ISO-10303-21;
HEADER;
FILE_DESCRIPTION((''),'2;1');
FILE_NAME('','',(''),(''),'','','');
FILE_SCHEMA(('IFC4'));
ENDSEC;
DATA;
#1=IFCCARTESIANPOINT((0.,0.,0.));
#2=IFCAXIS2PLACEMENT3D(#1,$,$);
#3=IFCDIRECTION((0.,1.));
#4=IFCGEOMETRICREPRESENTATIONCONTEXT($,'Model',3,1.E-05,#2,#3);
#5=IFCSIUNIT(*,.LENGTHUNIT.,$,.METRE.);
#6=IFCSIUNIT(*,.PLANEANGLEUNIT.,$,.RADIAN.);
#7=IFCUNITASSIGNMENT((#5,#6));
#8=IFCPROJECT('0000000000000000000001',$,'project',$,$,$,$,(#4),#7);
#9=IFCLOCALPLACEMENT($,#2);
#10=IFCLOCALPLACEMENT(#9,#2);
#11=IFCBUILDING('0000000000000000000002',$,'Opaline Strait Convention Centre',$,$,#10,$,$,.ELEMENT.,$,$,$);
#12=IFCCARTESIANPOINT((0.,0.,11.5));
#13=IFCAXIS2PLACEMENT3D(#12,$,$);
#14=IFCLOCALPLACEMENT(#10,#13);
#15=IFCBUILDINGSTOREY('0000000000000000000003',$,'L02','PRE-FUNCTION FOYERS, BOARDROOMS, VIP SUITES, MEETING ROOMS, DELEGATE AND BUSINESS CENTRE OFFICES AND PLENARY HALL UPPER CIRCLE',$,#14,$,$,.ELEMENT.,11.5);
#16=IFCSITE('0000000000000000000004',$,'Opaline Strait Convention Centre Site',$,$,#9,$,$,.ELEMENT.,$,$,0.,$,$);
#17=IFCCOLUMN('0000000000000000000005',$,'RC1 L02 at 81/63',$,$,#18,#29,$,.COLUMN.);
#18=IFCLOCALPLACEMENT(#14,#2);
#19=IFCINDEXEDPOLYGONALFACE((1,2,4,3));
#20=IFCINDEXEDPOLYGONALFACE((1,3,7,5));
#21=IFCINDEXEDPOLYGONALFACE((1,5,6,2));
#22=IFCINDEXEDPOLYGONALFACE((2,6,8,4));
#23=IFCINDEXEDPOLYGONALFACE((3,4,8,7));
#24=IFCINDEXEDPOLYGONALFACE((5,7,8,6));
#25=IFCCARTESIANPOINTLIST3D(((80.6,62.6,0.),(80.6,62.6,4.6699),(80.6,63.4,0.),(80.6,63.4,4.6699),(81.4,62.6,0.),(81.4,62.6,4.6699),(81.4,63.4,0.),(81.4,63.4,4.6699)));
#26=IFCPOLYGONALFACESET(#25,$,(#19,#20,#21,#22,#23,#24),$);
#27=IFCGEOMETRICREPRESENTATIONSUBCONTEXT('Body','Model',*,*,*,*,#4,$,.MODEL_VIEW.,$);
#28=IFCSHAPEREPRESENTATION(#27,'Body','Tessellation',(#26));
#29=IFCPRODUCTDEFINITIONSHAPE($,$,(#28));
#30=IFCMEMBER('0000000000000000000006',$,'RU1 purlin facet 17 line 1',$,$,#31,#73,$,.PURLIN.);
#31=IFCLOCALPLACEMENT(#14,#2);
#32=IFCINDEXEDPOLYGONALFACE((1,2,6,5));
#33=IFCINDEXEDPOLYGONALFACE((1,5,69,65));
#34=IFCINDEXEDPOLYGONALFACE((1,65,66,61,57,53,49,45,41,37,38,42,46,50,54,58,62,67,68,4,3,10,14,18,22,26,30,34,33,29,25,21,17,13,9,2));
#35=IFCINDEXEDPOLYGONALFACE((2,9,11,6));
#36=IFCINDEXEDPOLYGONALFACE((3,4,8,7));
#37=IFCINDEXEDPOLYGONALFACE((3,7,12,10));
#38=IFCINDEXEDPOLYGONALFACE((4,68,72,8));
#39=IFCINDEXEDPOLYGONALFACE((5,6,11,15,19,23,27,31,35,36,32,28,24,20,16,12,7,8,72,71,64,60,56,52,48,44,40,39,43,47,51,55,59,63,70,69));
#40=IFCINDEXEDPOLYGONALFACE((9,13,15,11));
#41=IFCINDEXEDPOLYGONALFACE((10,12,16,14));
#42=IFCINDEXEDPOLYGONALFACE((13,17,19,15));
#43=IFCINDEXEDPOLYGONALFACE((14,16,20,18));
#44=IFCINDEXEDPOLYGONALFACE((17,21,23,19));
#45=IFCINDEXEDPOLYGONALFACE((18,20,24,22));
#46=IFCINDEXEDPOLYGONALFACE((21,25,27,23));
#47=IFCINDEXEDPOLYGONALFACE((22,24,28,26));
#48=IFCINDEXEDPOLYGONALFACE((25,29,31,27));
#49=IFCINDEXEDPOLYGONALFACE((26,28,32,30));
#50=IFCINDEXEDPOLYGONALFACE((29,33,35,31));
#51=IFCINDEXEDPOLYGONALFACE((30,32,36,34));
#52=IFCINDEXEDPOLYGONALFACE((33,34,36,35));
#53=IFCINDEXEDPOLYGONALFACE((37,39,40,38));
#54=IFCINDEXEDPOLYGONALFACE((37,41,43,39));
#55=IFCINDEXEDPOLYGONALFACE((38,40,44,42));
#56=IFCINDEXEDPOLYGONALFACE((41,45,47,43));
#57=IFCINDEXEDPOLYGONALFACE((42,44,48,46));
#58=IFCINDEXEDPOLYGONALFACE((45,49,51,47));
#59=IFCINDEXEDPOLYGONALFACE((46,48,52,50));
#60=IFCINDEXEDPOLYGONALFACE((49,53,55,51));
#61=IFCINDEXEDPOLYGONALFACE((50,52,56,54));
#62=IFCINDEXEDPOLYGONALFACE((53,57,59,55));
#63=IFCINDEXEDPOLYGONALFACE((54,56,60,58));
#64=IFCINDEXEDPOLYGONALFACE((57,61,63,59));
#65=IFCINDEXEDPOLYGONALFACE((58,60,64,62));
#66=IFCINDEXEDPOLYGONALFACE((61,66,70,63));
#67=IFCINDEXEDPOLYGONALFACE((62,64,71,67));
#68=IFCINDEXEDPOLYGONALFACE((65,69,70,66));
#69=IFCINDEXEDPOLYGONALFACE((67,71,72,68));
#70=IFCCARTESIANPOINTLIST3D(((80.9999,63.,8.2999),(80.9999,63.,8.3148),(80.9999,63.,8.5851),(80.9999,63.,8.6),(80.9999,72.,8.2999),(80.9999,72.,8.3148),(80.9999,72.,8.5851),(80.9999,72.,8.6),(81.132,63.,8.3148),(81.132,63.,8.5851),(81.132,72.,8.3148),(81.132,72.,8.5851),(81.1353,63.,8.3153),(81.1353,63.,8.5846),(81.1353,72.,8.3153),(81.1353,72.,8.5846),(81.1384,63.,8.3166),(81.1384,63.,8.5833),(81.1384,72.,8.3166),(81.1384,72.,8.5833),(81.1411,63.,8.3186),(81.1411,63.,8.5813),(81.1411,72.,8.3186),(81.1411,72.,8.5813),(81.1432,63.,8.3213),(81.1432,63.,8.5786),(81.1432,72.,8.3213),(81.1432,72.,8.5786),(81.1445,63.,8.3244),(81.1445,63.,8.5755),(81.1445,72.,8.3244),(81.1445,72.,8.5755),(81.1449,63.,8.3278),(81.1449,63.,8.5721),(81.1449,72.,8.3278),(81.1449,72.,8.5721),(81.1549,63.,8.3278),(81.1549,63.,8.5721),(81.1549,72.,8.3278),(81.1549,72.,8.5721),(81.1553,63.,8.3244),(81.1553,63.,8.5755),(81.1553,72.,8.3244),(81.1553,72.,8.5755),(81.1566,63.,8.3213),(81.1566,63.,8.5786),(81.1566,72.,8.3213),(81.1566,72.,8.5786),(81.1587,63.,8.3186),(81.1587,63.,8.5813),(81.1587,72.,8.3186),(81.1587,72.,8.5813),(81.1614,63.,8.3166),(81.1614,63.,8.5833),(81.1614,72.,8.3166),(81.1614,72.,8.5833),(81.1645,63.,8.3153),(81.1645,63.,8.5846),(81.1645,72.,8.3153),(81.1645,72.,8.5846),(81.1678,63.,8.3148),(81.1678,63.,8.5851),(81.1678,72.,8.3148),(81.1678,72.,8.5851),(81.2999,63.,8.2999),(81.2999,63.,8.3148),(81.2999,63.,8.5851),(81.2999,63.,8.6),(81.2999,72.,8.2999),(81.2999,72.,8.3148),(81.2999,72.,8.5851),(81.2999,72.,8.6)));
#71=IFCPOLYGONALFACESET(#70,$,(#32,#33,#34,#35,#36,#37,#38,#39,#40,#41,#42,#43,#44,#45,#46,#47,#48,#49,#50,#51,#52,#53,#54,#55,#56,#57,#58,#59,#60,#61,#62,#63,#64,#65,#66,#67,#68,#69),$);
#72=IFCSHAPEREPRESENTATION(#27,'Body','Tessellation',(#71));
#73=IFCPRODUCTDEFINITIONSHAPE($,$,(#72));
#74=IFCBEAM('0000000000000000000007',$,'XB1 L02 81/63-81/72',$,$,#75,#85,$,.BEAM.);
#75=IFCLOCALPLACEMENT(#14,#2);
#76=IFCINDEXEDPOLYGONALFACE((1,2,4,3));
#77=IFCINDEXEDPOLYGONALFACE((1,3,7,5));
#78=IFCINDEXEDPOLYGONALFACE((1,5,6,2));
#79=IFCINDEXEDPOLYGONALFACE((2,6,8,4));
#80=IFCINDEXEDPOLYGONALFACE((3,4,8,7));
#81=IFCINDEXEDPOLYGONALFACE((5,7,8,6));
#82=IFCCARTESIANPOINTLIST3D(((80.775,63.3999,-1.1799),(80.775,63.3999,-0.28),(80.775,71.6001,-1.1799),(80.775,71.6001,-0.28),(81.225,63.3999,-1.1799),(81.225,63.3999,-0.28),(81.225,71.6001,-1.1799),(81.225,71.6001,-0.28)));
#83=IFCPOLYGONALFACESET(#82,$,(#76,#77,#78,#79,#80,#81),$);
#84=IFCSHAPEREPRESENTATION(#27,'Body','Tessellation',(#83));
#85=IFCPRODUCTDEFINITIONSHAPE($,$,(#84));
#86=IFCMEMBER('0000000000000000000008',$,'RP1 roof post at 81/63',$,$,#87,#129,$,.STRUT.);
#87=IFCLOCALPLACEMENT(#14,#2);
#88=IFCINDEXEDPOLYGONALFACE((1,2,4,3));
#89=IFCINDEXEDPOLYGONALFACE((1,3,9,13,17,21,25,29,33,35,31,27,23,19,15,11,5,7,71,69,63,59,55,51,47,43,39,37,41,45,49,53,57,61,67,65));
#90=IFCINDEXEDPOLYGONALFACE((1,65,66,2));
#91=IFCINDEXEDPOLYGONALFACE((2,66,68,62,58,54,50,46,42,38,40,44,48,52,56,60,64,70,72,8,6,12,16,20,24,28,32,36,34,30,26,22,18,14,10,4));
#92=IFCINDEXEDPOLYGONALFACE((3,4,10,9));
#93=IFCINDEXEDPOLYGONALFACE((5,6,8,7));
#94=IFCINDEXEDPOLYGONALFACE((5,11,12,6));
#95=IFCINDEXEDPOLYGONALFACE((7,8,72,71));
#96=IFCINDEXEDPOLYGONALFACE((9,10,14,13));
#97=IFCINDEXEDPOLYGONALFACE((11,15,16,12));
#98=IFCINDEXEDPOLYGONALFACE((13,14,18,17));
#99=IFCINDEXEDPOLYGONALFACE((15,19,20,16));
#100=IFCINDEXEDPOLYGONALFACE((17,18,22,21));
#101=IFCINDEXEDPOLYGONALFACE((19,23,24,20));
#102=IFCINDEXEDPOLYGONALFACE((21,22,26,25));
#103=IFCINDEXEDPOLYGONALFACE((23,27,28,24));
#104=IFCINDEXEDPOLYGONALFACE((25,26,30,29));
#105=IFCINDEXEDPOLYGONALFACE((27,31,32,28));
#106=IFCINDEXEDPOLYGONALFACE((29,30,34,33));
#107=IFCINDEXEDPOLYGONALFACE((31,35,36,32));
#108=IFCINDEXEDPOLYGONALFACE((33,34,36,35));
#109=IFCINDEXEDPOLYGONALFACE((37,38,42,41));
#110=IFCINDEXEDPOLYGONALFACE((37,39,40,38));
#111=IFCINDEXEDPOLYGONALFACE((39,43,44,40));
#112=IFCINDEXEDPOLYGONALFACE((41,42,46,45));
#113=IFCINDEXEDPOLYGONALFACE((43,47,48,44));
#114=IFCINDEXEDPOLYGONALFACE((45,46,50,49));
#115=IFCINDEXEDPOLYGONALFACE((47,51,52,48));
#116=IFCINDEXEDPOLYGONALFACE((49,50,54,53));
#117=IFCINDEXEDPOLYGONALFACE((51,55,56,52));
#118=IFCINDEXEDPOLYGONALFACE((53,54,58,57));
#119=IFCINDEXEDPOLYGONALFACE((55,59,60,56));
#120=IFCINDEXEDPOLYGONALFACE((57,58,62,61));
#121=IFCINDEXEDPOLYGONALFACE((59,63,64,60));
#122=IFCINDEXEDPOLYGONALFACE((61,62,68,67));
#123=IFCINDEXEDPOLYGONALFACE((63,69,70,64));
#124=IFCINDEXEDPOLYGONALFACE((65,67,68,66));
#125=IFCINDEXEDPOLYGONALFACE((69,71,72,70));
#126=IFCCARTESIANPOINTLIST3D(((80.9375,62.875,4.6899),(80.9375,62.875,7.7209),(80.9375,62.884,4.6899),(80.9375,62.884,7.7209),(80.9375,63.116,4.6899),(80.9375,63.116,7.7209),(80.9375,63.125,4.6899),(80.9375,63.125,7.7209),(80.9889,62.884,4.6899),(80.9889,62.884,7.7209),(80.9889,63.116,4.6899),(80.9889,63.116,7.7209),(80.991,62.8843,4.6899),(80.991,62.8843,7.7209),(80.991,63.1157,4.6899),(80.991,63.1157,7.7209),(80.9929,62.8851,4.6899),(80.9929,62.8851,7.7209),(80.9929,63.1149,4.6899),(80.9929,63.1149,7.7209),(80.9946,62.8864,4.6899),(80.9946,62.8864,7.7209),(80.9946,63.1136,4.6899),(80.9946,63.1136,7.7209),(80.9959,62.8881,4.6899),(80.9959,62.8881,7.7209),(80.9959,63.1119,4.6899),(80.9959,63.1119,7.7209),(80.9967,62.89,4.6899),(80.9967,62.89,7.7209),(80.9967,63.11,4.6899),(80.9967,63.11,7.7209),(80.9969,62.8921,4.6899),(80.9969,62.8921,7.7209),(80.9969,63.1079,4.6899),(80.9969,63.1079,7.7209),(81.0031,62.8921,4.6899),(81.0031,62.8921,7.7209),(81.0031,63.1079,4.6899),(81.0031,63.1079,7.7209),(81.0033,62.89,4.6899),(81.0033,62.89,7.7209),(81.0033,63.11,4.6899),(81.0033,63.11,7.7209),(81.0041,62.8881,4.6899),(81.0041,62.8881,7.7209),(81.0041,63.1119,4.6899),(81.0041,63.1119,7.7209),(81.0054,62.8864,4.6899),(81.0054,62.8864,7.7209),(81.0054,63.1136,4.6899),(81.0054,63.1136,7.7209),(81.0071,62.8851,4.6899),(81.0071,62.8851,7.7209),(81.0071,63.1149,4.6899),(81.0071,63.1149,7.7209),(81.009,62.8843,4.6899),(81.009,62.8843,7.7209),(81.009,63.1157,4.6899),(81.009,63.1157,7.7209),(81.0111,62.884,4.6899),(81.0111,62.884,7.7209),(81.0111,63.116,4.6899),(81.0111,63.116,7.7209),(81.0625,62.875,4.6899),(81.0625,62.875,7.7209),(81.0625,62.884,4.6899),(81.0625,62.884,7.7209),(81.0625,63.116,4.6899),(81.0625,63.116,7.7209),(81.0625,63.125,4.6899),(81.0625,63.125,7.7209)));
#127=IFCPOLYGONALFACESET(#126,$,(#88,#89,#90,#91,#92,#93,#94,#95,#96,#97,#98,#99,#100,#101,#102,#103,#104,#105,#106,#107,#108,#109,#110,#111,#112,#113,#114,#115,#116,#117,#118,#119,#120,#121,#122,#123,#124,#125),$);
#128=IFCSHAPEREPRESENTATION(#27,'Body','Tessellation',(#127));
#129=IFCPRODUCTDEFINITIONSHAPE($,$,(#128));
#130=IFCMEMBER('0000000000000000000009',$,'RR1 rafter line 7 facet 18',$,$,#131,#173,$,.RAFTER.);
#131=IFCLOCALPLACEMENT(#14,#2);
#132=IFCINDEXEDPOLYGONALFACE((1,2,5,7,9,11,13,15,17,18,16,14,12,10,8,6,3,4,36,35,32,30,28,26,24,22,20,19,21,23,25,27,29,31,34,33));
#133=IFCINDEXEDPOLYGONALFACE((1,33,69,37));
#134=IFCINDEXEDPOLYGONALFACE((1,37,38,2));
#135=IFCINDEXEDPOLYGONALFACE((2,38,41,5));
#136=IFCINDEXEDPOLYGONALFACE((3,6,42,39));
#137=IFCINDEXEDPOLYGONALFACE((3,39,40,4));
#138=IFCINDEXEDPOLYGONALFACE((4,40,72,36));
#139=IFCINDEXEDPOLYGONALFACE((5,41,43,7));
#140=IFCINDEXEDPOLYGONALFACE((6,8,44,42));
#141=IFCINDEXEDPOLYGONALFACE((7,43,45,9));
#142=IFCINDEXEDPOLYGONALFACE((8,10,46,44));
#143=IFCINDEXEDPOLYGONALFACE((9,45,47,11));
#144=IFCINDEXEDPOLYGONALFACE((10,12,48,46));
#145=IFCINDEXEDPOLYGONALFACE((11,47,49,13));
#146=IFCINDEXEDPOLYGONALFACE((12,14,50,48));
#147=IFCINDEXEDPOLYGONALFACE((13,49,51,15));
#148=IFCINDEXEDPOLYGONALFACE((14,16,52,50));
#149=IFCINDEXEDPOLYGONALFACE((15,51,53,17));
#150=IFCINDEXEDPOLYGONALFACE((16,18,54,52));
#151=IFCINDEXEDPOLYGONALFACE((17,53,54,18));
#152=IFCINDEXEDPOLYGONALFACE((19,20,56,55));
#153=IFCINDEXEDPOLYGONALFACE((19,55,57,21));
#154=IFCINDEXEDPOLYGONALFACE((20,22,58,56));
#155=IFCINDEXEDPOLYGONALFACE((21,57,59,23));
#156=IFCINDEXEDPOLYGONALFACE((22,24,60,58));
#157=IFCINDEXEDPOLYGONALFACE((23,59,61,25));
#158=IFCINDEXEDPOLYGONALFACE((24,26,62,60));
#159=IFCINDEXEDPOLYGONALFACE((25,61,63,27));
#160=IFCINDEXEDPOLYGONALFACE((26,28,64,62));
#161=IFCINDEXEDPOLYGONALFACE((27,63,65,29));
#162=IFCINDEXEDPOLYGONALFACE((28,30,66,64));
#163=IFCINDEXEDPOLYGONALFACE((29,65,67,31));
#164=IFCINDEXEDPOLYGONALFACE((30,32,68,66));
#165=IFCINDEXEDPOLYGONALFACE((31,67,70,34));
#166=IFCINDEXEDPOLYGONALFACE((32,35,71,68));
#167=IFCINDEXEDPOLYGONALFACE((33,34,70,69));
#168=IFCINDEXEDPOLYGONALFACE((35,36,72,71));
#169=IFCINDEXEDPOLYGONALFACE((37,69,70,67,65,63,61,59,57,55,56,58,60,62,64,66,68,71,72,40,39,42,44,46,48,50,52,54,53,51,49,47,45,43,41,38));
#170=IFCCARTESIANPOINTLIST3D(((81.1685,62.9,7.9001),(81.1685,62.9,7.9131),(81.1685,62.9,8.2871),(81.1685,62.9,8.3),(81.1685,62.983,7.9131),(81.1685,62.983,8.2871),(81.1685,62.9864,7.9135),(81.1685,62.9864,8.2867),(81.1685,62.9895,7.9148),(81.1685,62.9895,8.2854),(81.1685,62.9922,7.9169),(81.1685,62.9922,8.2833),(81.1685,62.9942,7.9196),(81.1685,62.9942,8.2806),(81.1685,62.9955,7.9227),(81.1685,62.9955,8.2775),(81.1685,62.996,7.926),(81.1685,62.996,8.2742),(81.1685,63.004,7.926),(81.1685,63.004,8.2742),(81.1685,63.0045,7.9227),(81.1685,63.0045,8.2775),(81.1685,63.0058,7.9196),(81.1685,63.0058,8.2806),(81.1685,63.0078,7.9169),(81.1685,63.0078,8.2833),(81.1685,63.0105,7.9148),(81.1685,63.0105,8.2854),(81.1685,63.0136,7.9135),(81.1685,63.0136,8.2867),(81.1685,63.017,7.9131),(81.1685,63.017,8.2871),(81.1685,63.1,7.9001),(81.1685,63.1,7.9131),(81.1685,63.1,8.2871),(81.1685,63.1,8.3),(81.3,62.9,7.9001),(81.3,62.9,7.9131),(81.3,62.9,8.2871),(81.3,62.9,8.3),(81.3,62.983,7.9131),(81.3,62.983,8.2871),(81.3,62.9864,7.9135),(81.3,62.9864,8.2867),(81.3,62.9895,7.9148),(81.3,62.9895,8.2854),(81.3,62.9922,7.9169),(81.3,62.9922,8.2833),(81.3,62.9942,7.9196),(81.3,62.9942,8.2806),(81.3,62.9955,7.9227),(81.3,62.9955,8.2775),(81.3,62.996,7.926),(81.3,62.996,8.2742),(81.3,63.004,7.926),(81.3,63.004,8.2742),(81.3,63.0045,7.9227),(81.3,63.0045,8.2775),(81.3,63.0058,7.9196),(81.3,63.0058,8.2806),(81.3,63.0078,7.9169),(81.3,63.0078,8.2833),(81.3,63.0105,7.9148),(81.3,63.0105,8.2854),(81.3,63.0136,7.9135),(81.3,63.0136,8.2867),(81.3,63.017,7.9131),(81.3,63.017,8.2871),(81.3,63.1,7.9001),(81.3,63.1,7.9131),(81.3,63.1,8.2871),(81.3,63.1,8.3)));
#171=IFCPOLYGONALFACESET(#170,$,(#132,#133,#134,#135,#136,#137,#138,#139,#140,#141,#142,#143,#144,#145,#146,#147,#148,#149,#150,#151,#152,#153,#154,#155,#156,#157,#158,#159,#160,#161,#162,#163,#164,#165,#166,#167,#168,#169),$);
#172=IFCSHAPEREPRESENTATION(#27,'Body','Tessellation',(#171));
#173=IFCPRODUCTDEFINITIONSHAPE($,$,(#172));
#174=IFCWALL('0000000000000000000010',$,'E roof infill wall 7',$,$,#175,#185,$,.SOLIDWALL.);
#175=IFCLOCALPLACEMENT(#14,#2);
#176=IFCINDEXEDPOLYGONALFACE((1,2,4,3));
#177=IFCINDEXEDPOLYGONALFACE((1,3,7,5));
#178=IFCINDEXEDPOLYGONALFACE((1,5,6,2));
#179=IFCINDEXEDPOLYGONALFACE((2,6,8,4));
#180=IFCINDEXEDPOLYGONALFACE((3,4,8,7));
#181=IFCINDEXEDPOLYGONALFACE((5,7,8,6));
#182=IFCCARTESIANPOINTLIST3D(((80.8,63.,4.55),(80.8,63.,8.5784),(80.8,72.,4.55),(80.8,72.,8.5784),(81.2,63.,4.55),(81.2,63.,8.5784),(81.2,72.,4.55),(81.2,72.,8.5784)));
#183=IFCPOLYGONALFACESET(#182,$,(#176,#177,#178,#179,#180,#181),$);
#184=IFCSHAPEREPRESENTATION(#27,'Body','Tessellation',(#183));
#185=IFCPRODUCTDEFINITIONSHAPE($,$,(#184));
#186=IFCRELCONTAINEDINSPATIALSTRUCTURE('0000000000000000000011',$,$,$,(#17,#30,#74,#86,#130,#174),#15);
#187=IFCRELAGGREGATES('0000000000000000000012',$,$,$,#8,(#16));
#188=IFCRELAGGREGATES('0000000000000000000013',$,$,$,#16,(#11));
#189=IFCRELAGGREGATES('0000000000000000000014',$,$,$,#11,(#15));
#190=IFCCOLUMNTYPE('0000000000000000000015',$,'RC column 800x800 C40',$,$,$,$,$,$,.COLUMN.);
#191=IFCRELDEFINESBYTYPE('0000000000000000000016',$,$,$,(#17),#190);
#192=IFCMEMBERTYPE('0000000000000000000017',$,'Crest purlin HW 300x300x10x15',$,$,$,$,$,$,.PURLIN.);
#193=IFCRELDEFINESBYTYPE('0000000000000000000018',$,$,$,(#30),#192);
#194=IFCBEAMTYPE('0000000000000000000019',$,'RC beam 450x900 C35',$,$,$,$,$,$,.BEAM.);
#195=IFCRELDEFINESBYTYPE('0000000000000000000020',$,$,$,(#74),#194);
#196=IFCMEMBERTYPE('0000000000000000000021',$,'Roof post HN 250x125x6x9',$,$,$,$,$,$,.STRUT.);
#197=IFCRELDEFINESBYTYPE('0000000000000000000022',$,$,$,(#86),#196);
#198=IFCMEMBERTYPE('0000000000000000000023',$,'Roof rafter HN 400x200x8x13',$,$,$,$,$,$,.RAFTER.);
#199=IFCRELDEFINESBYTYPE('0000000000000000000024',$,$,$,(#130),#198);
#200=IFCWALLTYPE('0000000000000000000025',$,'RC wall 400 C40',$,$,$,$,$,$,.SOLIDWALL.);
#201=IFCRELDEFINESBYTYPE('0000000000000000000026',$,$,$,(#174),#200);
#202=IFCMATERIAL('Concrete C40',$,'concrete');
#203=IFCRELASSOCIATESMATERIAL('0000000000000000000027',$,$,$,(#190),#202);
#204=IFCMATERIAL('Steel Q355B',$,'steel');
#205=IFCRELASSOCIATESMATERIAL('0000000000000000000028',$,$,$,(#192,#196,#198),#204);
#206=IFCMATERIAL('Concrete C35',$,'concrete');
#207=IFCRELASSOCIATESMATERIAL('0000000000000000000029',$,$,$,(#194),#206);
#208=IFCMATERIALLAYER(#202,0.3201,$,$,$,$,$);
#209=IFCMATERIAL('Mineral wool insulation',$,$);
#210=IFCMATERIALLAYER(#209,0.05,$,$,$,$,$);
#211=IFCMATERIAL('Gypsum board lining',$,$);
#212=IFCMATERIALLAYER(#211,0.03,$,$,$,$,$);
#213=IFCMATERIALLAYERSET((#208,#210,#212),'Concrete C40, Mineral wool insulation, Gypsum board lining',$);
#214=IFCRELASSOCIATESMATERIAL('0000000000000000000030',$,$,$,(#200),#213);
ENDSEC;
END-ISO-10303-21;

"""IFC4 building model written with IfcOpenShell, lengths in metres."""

from ifc_helpers import new_model, si_unit, direction, frame, frame_2d, origin, origin_2d, place, context, subcontext, project, spatial, rectangle, i_section, extrude, material, layer, layer_set, material_profile, profile_set, type_object, element, save


model = new_model("IFC4")

# Units and contexts
model_context = context("Model", 3, precision=1e-05, world=origin(), true_north=direction((0.0, 1.0)))
body_context = subcontext(model_context, "Body", "Model", "MODEL_VIEW")
ifc_project = project(units=[si_unit("LENGTHUNIT", "METRE"), si_unit("PLANEANGLEUNIT", "RADIAN")], contexts=[model_context])

# Site, building, storey
site_placement = place(None, origin())
site = spatial("IfcSite", under=ifc_project, at=site_placement, Name="Opaline Strait Convention Centre Site", CompositionType="ELEMENT", RefElevation=0.0)
building_placement = place(site_placement, origin())
building = spatial("IfcBuilding", under=site, at=building_placement, Name="Opaline Strait Convention Centre", CompositionType="ELEMENT")
storey_placement = place(building_placement, frame((0.0, 0.0, 11.5)))
storey = spatial("IfcBuildingStorey", under=building, at=storey_placement, Name="L02", Description="PRE-FUNCTION FOYERS, BOARDROOMS, VIP SUITES, MEETING ROOMS, DELEGATE AND BUSINESS CENTRE OFFICES AND PLENARY HALL UPPER CIRCLE", CompositionType="ELEMENT", Elevation=11.5)

# Column
ifc_material_1 = material(Name="Concrete C40", Category="concrete")
ifc_material_profile_1 = material_profile(ifc_material_1, rectangle(XDim=0.8, YDim=0.8, at=origin_2d()), Name="RC 800x800")
ifc_profile_set_1 = profile_set([ifc_material_profile_1], Name="Concrete C40")
column_type = type_object("IfcColumnType", Name="RC column 800x800 C40", PredefinedType="COLUMN", material=ifc_profile_set_1)
column_placement = place(storey_placement, frame((81.0, 63.0, 0.0), z_axis=(0.0, 0.0, 1.0), x_axis=(1.0, 0.0, 0.0)))
element("IfcColumn", 1, at=column_placement, inside=storey, type_object=column_type, Name="RC1 L02 at 81/63", PredefinedType="COLUMN", context=body_context, shape_type="SweptSolid", body=[
    extrude(rectangle(XDim=0.8, YDim=0.8, at=origin_2d()), origin(), (0.0, 0.0, 1.0), 4.6699),
])

# Member
ifc_material_2 = material(Name="Steel Q355B", Category="steel")
ifc_material_profile_2 = material_profile(ifc_material_2, i_section(OverallWidth=0.3, OverallDepth=0.3, WebThickness=0.01, FlangeThickness=0.0149, FilletRadius=0.0129, at=origin_2d()), Name="HW 300x300x10x15")
ifc_profile_set_2 = profile_set([ifc_material_profile_2], Name="Steel Q355B")
member_type_1 = type_object("IfcMemberType", Name="Crest purlin HW 300x300x10x15", PredefinedType="PURLIN", material=ifc_profile_set_2)
member_1_placement = place(storey_placement, frame((81.1499, 63.0, 8.45), z_axis=(0.0, 1.0, 0.0), x_axis=(-1.0, 0.0, 0.0)))
element("IfcMember", 2, at=member_1_placement, inside=storey, type_object=member_type_1, Name="RU1 purlin facet 17 line 1", PredefinedType="PURLIN", context=body_context, shape_type="SweptSolid", body=[
    extrude(i_section(OverallWidth=0.3, OverallDepth=0.3, WebThickness=0.01, FlangeThickness=0.0149, FilletRadius=0.0129, at=origin_2d()), origin(), (0.0, 0.0, 1.0), 9.0),
])

# Beam
ifc_material_3 = material(Name="Concrete C35", Category="concrete")
ifc_material_profile_3 = material_profile(ifc_material_3, rectangle(XDim=0.45, YDim=0.8999, at=origin_2d()), Name="RC 450x900")
ifc_profile_set_3 = profile_set([ifc_material_profile_3], Name="Concrete C35")
beam_type = type_object("IfcBeamType", Name="RC beam 450x900 C35", PredefinedType="BEAM", material=ifc_profile_set_3)
beam_placement = place(storey_placement, frame((81.0, 63.3999, -0.73), z_axis=(0.0, 1.0, 0.0), x_axis=(-1.0, 0.0, 0.0)))
element("IfcBeam", 3, at=beam_placement, inside=storey, type_object=beam_type, Name="XB1 L02 81/63-81/72", PredefinedType="BEAM", context=body_context, shape_type="SweptSolid", body=[
    extrude(rectangle(XDim=0.45, YDim=0.8999, at=origin_2d()), origin(), (0.0, 0.0, 1.0), 8.2002),
])

# Members
ifc_material_profile_4 = material_profile(ifc_material_2, i_section(OverallWidth=0.125, OverallDepth=0.25, WebThickness=0.0061, FlangeThickness=0.009, FilletRadius=0.0081, at=origin_2d()), Name="HN 250x125x6x9")
ifc_profile_set_4 = profile_set([ifc_material_profile_4], Name="Steel Q355B")
member_type_2 = type_object("IfcMemberType", Name="Roof post HN 250x125x6x9", PredefinedType="STRUT", material=ifc_profile_set_4)
member_2_placement = place(storey_placement, frame((81.0, 63.0, 4.6899), z_axis=(0.0, 0.0, 1.0), x_axis=(1.0, 0.0, 0.0)))
element("IfcMember", 4, at=member_2_placement, inside=storey, type_object=member_type_2, Name="RP1 roof post at 81/63", PredefinedType="STRUT", context=body_context, shape_type="SweptSolid", body=[
    extrude(i_section(OverallWidth=0.125, OverallDepth=0.25, WebThickness=0.0061, FlangeThickness=0.009, FilletRadius=0.0081, at=origin_2d()), origin(), (0.0, 0.0, 1.0), 3.031),
])
ifc_material_profile_5 = material_profile(ifc_material_2, i_section(OverallWidth=0.2, OverallDepth=0.3999, WebThickness=0.0081, FlangeThickness=0.0129, FilletRadius=0.0129, at=origin_2d()), Name="HN 400x200x8x13")
ifc_profile_set_5 = profile_set([ifc_material_profile_5], Name="Steel Q355B")
member_type_3 = type_object("IfcMemberType", Name="Roof rafter HN 400x200x8x13", PredefinedType="RAFTER", material=ifc_profile_set_5)
member_3_placement = place(storey_placement, frame((81.1685, 63.0, 8.1001), z_axis=(1.0, 0.0, 0.0), x_axis=(0.0, 1.0, 0.0)))
element("IfcMember", 5, at=member_3_placement, inside=storey, type_object=member_type_3, Name="RR1 rafter line 7 facet 18", PredefinedType="RAFTER", context=body_context, shape_type="SweptSolid", body=[
    extrude(i_section(OverallWidth=0.2, OverallDepth=0.3999, WebThickness=0.0081, FlangeThickness=0.0129, FilletRadius=0.0129, at=origin_2d()), origin(), (0.0, 0.0, 1.0), 0.1316),
])

# Wall
ifc_layer_1 = layer(ifc_material_1, 0.3201)
ifc_material_4 = material(Name="Mineral wool insulation")
ifc_layer_2 = layer(ifc_material_4, 0.05)
ifc_material_5 = material(Name="Gypsum board lining")
ifc_layer_3 = layer(ifc_material_5, 0.03)
ifc_layer_set_1 = layer_set([ifc_layer_1, ifc_layer_2, ifc_layer_3], Name="Concrete C40, Mineral wool insulation, Gypsum board lining")
wall_type = type_object("IfcWallType", Name="RC wall 400 C40", PredefinedType="SOLIDWALL", material=ifc_layer_set_1)
wall_1_placement = place(storey_placement, frame((81.0, 63.0, 4.55), z_axis=(0.0, 0.0, 1.0), x_axis=(0.0, 1.0, 0.0)))
element("IfcWall", 6, at=wall_1_placement, inside=storey, type_object=wall_type, Name="E roof infill wall 7", PredefinedType="SOLIDWALL", context=body_context, shape_type="SweptSolid", body=[
    extrude(rectangle(XDim=9.0, YDim=0.3999, at=frame_2d((4.5, 0.0))), origin(), (0.0, 0.0, 1.0), 4.0283),
])

save(model, "model.ifc")
